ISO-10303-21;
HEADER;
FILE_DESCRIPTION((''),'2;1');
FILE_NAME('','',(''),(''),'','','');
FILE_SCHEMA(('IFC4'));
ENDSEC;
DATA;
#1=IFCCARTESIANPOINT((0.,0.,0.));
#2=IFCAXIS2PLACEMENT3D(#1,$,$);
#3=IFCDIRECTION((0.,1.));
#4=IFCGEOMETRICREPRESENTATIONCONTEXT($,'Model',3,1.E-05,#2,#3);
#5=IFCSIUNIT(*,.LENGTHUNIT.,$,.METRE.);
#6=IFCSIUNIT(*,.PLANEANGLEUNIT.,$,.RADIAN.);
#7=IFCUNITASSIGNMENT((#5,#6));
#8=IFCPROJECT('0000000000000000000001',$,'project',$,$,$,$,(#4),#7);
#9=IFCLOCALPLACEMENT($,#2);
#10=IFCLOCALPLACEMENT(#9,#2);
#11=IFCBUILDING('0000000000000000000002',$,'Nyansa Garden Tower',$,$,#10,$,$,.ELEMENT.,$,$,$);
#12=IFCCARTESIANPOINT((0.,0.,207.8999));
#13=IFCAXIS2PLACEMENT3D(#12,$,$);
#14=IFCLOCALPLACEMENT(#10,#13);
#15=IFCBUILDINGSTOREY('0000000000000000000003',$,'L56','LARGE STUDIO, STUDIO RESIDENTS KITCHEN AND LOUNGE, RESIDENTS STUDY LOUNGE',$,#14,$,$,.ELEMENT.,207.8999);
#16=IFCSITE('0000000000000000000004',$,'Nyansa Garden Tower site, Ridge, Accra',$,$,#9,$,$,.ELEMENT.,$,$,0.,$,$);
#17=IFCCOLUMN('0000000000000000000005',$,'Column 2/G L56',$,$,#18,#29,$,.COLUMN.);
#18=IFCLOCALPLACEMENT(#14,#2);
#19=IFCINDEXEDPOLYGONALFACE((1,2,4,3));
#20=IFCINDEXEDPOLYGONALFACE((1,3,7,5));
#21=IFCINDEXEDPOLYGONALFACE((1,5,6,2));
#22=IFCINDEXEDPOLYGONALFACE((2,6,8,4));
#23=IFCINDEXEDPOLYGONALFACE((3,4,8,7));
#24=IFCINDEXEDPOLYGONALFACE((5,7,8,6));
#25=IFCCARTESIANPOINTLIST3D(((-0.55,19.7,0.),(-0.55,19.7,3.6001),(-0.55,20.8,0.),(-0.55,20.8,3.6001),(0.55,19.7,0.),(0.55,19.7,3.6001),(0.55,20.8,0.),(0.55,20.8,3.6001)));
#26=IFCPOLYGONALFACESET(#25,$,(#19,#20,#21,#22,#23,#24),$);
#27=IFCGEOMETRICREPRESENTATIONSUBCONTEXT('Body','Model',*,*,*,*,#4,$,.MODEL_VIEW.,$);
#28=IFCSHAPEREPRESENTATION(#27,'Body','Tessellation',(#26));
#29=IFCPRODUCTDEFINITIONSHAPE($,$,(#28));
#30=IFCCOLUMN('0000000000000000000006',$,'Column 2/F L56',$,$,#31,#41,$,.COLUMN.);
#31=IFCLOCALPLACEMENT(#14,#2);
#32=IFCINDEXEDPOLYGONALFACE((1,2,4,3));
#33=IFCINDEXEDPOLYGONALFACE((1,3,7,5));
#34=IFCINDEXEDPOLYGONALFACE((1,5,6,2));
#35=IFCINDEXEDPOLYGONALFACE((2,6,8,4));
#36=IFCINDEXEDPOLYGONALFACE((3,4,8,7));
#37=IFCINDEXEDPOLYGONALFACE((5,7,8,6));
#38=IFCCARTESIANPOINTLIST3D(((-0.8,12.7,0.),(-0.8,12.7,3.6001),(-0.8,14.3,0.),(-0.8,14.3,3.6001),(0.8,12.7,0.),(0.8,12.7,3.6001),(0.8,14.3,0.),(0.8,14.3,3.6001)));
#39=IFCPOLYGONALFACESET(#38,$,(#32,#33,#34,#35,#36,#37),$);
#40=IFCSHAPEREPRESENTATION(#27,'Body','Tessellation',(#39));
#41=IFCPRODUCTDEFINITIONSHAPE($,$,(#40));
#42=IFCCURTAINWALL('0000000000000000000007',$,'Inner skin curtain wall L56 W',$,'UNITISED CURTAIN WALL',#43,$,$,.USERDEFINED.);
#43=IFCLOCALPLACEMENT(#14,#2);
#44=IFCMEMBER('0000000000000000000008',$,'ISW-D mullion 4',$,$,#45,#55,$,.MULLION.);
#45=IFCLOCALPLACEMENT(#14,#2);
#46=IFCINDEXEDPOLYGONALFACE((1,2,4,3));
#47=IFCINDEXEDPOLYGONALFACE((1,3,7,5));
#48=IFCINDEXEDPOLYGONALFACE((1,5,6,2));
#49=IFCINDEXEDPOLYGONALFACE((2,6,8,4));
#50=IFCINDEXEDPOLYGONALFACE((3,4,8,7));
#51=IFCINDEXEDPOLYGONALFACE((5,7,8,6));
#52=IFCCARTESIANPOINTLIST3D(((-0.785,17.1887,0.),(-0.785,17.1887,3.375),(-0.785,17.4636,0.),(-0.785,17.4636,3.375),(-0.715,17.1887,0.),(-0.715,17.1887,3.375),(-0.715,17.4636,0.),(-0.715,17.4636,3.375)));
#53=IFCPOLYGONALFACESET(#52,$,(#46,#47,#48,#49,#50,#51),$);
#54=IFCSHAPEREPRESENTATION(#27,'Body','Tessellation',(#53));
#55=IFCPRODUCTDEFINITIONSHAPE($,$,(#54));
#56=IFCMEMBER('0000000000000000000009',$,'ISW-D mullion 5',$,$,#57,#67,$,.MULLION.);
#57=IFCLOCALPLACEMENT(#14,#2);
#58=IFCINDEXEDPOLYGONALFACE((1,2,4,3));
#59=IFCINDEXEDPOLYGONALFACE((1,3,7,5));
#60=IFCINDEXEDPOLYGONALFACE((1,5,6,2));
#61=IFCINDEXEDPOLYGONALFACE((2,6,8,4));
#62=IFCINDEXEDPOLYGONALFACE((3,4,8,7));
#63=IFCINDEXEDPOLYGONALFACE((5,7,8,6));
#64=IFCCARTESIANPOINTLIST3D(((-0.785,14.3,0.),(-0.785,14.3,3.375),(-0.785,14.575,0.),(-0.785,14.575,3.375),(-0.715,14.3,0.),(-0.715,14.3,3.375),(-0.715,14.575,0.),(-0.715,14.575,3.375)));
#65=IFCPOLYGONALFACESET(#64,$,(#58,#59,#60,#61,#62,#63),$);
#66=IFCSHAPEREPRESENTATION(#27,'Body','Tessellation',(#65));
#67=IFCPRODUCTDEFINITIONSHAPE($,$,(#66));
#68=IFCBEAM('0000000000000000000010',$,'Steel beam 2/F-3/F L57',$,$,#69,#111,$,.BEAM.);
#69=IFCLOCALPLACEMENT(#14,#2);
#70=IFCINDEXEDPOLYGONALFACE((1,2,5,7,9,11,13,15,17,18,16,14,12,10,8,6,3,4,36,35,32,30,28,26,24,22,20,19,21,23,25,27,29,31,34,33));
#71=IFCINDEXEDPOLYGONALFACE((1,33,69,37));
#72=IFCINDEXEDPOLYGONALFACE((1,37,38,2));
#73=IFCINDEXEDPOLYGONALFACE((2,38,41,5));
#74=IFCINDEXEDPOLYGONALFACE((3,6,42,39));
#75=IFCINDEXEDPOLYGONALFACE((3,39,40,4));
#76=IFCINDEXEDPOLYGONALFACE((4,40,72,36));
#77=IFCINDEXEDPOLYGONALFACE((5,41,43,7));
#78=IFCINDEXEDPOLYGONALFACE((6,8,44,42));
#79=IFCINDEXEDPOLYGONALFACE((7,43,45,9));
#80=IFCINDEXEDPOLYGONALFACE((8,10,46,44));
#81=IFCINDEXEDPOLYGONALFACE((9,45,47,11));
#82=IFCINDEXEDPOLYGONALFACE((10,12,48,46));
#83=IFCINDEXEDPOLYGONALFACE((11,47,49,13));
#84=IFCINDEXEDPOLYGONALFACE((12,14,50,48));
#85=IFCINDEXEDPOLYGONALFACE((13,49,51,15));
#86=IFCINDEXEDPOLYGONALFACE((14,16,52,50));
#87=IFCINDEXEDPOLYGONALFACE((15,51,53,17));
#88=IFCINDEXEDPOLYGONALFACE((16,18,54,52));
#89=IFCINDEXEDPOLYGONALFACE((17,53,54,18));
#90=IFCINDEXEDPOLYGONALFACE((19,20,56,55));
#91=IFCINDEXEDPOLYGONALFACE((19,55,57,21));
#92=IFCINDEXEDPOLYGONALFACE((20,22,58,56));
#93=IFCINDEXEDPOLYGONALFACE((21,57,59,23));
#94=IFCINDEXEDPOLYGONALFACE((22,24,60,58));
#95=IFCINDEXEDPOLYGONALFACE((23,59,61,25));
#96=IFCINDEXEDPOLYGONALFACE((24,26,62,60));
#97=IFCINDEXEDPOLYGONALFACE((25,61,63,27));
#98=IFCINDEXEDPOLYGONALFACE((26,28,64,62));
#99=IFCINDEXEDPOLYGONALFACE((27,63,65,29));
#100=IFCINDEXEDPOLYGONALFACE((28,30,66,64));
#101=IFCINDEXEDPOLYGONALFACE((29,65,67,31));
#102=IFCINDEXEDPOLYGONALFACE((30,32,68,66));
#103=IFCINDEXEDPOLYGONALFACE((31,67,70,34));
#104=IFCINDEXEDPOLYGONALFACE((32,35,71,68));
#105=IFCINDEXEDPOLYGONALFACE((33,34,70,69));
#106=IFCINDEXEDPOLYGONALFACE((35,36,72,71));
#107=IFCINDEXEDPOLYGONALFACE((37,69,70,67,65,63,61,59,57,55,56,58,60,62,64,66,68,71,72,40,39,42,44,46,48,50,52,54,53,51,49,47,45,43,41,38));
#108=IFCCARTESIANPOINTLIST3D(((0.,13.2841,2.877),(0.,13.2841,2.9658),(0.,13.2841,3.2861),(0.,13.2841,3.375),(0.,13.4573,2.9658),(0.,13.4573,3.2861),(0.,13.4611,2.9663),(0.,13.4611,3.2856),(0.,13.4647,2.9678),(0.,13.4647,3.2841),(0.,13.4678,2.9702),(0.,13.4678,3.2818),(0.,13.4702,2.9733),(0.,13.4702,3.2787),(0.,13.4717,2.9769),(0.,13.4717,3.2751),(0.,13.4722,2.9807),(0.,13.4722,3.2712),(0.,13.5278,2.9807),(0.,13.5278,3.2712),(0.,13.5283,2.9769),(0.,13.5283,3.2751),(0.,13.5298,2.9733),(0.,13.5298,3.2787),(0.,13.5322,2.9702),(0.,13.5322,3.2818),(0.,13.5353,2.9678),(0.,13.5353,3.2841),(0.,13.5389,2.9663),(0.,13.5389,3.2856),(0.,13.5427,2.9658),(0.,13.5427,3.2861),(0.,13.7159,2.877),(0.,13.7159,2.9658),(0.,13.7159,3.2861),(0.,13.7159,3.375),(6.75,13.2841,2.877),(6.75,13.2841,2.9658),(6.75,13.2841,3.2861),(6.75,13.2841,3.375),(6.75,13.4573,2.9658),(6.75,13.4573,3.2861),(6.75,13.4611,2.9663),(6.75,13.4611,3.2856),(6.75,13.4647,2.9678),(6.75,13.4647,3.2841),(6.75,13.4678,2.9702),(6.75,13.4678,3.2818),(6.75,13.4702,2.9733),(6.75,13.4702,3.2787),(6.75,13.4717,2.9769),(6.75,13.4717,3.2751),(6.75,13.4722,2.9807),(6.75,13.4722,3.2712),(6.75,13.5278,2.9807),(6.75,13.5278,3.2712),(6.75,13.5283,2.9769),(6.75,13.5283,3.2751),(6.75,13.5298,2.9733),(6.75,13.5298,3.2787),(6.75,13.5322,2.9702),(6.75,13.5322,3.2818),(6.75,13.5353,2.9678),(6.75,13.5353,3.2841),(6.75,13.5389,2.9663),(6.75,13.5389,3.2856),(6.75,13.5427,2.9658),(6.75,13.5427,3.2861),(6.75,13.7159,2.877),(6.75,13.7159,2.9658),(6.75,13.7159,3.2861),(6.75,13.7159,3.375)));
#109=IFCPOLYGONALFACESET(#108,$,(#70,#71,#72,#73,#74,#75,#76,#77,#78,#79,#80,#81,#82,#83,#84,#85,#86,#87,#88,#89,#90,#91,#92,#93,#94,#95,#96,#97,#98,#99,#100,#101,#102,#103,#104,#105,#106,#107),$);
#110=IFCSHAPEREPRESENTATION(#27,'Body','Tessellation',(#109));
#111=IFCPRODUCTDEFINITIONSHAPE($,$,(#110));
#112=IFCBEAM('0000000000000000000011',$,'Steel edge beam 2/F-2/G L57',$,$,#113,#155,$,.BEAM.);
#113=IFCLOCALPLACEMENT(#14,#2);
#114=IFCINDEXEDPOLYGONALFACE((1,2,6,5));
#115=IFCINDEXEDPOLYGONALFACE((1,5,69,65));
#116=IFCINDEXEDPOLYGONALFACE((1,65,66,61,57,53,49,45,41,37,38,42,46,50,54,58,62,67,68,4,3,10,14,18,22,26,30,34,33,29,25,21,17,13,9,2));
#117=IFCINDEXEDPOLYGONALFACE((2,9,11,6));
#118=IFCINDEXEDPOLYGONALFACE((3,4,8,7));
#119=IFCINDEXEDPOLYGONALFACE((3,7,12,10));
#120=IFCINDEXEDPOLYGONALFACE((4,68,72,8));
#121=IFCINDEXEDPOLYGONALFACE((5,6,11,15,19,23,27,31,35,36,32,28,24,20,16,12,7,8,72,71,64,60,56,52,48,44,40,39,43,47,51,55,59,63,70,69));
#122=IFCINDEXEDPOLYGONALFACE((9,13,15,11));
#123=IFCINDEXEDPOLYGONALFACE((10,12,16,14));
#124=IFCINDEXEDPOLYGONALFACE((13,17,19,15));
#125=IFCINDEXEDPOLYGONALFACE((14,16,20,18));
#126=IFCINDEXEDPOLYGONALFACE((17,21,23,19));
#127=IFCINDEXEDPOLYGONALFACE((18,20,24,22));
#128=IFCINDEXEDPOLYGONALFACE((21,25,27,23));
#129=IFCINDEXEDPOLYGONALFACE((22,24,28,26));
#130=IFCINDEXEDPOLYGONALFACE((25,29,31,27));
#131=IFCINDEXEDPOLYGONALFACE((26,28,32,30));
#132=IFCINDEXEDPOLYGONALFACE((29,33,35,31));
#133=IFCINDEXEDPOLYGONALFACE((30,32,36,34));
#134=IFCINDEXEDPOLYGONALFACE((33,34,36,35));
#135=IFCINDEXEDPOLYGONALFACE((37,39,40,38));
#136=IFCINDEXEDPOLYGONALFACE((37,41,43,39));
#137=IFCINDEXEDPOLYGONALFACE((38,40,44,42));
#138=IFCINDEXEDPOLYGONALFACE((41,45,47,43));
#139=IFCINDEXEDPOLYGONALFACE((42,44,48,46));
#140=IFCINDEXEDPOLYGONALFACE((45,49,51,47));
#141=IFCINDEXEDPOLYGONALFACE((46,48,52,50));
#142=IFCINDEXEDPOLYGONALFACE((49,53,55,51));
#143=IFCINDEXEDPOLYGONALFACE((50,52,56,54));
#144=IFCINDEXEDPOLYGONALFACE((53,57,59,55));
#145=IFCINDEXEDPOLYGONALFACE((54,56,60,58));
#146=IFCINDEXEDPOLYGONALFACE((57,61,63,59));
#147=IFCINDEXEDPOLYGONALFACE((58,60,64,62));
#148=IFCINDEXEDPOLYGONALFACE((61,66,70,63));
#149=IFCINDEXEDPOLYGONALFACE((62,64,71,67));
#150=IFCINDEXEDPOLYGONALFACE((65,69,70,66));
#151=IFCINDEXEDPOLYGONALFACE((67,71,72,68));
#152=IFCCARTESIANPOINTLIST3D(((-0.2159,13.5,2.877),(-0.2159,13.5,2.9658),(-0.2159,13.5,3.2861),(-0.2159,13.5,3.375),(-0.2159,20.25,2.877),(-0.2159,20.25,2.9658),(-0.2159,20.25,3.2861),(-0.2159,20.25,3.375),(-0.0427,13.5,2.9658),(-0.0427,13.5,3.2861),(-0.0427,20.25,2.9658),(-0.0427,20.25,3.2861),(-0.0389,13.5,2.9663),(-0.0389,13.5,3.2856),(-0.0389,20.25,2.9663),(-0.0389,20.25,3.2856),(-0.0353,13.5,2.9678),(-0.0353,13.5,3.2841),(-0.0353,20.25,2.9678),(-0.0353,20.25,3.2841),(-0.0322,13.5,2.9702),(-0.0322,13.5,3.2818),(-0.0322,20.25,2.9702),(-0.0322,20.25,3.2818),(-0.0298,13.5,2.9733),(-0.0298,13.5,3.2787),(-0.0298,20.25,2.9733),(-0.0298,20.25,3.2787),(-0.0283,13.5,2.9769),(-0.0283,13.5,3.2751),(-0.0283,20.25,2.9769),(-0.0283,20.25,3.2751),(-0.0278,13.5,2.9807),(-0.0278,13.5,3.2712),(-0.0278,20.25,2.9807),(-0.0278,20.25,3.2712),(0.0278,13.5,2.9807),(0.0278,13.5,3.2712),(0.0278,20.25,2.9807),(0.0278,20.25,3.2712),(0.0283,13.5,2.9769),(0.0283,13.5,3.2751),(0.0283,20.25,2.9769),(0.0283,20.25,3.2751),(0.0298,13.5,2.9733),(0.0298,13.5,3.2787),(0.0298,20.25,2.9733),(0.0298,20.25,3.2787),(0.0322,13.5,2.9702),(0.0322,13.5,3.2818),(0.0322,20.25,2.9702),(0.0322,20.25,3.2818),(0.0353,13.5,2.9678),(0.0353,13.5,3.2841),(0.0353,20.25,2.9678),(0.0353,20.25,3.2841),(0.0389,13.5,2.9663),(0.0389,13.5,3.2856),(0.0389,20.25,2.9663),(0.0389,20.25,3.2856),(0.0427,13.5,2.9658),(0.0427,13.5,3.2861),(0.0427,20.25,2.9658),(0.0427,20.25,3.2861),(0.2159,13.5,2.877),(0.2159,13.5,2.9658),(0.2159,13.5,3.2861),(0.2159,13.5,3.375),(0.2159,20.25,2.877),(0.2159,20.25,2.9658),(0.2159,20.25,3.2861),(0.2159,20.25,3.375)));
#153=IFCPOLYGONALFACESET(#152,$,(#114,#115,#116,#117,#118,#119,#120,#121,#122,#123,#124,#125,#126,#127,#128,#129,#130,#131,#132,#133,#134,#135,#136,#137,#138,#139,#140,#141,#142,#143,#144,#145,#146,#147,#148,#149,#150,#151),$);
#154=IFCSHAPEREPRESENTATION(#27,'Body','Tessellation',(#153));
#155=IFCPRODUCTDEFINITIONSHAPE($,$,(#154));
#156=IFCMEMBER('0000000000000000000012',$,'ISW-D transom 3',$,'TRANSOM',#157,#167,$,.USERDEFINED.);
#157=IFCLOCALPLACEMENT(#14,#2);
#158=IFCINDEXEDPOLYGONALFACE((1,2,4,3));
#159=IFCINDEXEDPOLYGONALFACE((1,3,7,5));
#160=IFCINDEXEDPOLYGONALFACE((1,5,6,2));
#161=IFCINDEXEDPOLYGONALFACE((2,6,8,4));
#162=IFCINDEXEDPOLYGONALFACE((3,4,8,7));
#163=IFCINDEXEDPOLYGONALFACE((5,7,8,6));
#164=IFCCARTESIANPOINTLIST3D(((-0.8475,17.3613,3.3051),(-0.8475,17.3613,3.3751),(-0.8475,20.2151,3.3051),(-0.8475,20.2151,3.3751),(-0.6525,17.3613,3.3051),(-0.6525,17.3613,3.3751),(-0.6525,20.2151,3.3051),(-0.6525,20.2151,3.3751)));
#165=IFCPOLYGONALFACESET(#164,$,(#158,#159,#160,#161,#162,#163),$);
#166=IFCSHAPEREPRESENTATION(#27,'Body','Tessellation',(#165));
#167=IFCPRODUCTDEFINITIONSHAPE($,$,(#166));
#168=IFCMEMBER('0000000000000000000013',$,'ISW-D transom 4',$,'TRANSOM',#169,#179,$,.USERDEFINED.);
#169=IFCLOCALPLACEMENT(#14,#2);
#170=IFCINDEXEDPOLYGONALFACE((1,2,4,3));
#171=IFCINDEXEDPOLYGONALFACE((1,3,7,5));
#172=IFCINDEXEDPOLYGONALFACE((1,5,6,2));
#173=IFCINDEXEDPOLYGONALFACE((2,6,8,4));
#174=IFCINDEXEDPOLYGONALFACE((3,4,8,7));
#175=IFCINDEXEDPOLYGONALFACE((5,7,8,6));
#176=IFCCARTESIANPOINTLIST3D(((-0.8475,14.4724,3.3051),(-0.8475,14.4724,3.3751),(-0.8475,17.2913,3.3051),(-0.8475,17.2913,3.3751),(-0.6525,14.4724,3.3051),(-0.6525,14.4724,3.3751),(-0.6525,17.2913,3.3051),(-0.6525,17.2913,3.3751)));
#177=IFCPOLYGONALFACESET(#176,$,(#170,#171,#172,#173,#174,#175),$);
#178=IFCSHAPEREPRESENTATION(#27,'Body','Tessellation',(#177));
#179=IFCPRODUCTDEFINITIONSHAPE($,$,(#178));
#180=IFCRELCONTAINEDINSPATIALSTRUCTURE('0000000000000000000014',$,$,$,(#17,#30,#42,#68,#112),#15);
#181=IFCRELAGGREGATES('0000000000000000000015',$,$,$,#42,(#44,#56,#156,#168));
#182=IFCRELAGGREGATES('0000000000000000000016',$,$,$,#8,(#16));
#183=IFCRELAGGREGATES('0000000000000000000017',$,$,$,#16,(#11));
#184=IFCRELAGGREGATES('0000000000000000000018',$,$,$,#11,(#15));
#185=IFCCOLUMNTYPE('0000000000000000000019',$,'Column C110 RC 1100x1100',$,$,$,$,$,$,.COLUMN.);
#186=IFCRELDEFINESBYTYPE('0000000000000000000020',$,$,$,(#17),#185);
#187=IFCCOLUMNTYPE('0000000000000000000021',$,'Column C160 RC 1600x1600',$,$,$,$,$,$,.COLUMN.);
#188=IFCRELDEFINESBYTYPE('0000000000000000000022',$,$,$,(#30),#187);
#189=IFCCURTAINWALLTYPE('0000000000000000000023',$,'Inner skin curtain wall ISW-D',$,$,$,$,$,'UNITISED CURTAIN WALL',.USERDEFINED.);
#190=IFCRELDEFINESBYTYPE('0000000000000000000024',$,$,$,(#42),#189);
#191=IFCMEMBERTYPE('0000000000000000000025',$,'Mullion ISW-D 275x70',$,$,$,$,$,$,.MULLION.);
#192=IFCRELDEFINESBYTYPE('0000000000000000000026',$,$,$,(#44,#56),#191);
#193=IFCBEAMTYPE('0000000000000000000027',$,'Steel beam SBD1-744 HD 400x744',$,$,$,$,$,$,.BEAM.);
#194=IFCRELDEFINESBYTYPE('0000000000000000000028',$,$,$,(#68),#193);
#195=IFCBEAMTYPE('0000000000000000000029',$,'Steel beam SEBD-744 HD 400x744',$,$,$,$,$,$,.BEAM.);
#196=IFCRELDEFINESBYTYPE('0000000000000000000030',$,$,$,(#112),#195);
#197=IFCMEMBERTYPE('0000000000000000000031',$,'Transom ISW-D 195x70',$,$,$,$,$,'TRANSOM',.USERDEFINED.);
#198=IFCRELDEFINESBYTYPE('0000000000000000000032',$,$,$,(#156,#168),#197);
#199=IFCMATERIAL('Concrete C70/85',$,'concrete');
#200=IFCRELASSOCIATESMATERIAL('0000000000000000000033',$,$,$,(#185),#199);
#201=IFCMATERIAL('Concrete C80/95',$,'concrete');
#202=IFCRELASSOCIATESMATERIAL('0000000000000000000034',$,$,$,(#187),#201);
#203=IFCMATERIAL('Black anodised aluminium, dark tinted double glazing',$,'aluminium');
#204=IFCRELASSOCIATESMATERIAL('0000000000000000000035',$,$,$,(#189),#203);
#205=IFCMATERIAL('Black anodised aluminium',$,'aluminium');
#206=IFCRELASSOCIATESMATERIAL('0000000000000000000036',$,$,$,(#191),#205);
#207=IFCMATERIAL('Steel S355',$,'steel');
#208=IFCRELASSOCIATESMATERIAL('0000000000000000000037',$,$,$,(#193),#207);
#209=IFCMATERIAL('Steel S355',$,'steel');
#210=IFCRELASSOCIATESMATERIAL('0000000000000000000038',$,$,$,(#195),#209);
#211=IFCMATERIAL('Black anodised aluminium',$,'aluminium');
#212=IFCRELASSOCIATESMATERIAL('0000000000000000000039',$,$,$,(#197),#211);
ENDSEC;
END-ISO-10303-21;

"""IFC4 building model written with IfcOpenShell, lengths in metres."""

from ifc_helpers import new_model, si_unit, direction, frame, origin, origin_2d, place, context, subcontext, project, spatial, rectangle, i_section, extrude, material, material_profile, profile_set, type_object, element, aggregate, save


model = new_model("IFC4")

# Units and contexts
model_context = context("Model", 3, precision=1e-05, world=origin(), true_north=direction((0.0, 1.0)))
body_context = subcontext(model_context, "Body", "Model", "MODEL_VIEW")
ifc_project = project(units=[si_unit("LENGTHUNIT", "METRE"), si_unit("PLANEANGLEUNIT", "RADIAN")], contexts=[model_context])

# Site, building, storey
site_placement = place(None, origin())
site = spatial("IfcSite", under=ifc_project, at=site_placement, Name="Nyansa Garden Tower site, Ridge, Accra", CompositionType="ELEMENT", RefElevation=0.0)
building_placement = place(site_placement, origin())
building = spatial("IfcBuilding", under=site, at=building_placement, Name="Nyansa Garden Tower", CompositionType="ELEMENT")
storey_placement = place(building_placement, frame((0.0, 0.0, 207.8999)))
storey = spatial("IfcBuildingStorey", under=building, at=storey_placement, Name="L56", Description="LARGE STUDIO, STUDIO RESIDENTS KITCHEN AND LOUNGE, RESIDENTS STUDY LOUNGE", CompositionType="ELEMENT", Elevation=207.8999)

# Columns
ifc_material_1 = material(Name="Concrete C70/85", Category="concrete")
ifc_material_profile_1 = material_profile(ifc_material_1, rectangle(XDim=1.1001, YDim=1.1001, at=origin_2d()), Name="RC 1100x1100")
ifc_profile_set_1 = profile_set([ifc_material_profile_1], Name="Concrete C70/85")
column_type_1 = type_object("IfcColumnType", Name="Column C110 RC 1100x1100", PredefinedType="COLUMN", material=ifc_profile_set_1)
column_1_placement = place(storey_placement, frame((0.0, 20.25, 0.0), z_axis=(0.0, 0.0, 1.0), x_axis=(1.0, 0.0, 0.0)))
element("IfcColumn", 1, at=column_1_placement, inside=storey, type_object=column_type_1, Name="Column 2/G L56", PredefinedType="COLUMN", context=body_context, shape_type="SweptSolid", body=[
    extrude(rectangle(XDim=1.1001, YDim=1.1001, at=origin_2d()), origin(), (0.0, 0.0, 1.0), 3.6001),
])
ifc_material_2 = material(Name="Concrete C80/95", Category="concrete")
ifc_material_profile_2 = material_profile(ifc_material_2, rectangle(XDim=1.6001, YDim=1.6001, at=origin_2d()), Name="RC 1600x1600")
ifc_profile_set_2 = profile_set([ifc_material_profile_2], Name="Concrete C80/95")
column_type_2 = type_object("IfcColumnType", Name="Column C160 RC 1600x1600", PredefinedType="COLUMN", material=ifc_profile_set_2)
column_2_placement = place(storey_placement, frame((0.0, 13.5, 0.0), z_axis=(0.0, 0.0, 1.0), x_axis=(1.0, 0.0, 0.0)))
element("IfcColumn", 2, at=column_2_placement, inside=storey, type_object=column_type_2, Name="Column 2/F L56", PredefinedType="COLUMN", context=body_context, shape_type="SweptSolid", body=[
    extrude(rectangle(XDim=1.6001, YDim=1.6001, at=origin_2d()), origin(), (0.0, 0.0, 1.0), 3.6001),
])

# Curtain wall, members
ifc_material_3 = material(Name="Black anodised aluminium, dark tinted double glazing", Category="aluminium")
curtain_wall_type = type_object("IfcCurtainWallType", Name="Inner skin curtain wall ISW-D", ElementType="UNITISED CURTAIN WALL", PredefinedType="USERDEFINED", material=ifc_material_3)
curtain_wall_placement = place(storey_placement, origin())
curtain_wall = element("IfcCurtainWall", 3, at=curtain_wall_placement, inside=storey, type_object=curtain_wall_type, Name="Inner skin curtain wall L56 W", ObjectType="UNITISED CURTAIN WALL", PredefinedType="USERDEFINED")
ifc_material_4 = material(Name="Black anodised aluminium", Category="aluminium")
ifc_material_profile_3 = material_profile(ifc_material_4, rectangle(XDim=0.0701, YDim=0.2749, at=origin_2d()), Name="Mullion 275x70")
ifc_profile_set_3 = profile_set([ifc_material_profile_3], Name="Black anodised aluminium")
member_type_1 = type_object("IfcMemberType", Name="Mullion ISW-D 275x70", PredefinedType="MULLION", material=ifc_profile_set_3)
member_1_placement = place(storey_placement, frame((-0.75, 17.3262, 0.0), z_axis=(0.0, 0.0, 1.0), x_axis=(1.0, 0.0, 0.0)))
member_1 = element("IfcMember", 4, at=member_1_placement, type_object=member_type_1, Name="ISW-D mullion 4", PredefinedType="MULLION", context=body_context, shape_type="SweptSolid", body=[
    extrude(rectangle(XDim=0.0701, YDim=0.2749, at=origin_2d()), origin(), (0.0, 0.0, 1.0), 3.375),
])
member_2_placement = place(storey_placement, frame((-0.75, 14.4375, 0.0), z_axis=(0.0, 0.0, 1.0), x_axis=(1.0, 0.0, 0.0)))
member_2 = element("IfcMember", 5, at=member_2_placement, type_object=member_type_1, Name="ISW-D mullion 5", PredefinedType="MULLION", context=body_context, shape_type="SweptSolid", body=[
    extrude(rectangle(XDim=0.0701, YDim=0.2749, at=origin_2d()), origin(), (0.0, 0.0, 1.0), 3.375),
])

# Beams
ifc_material_5 = material(Name="Steel S355", Category="steel")
ifc_material_profile_4 = material_profile(ifc_material_5, i_section(OverallWidth=0.4319, OverallDepth=0.498, WebThickness=0.0557, FlangeThickness=0.0889, FilletRadius=0.0149, at=origin_2d()), Name="HD 400x744")
ifc_profile_set_4 = profile_set([ifc_material_profile_4], Name="Steel S355")
beam_type_1 = type_object("IfcBeamType", Name="Steel beam SBD1-744 HD 400x744", PredefinedType="BEAM", material=ifc_profile_set_4)
beam_1_placement = place(storey_placement, frame((0.0, 13.5, 3.126), z_axis=(1.0, 0.0, 0.0), x_axis=(0.0, 1.0, 0.0)))
element("IfcBeam", 6, at=beam_1_placement, inside=storey, type_object=beam_type_1, Name="Steel beam 2/F-3/F L57", PredefinedType="BEAM", context=body_context, shape_type="SweptSolid", body=[
    extrude(i_section(OverallWidth=0.4319, OverallDepth=0.498, WebThickness=0.0557, FlangeThickness=0.0889, FilletRadius=0.0149, at=origin_2d()), origin(), (0.0, 0.0, 1.0), 6.75),
])
ifc_material_6 = material(Name="Steel S355", Category="steel")
ifc_material_profile_5 = material_profile(ifc_material_6, i_section(OverallWidth=0.4319, OverallDepth=0.498, WebThickness=0.0557, FlangeThickness=0.0889, FilletRadius=0.0149, at=origin_2d()), Name="HD 400x744")
ifc_profile_set_5 = profile_set([ifc_material_profile_5], Name="Steel S355")
beam_type_2 = type_object("IfcBeamType", Name="Steel beam SEBD-744 HD 400x744", PredefinedType="BEAM", material=ifc_profile_set_5)
beam_2_placement = place(storey_placement, frame((0.0, 13.5, 3.126), z_axis=(0.0, 1.0, 0.0), x_axis=(-1.0, 0.0, 0.0)))
element("IfcBeam", 7, at=beam_2_placement, inside=storey, type_object=beam_type_2, Name="Steel edge beam 2/F-2/G L57", PredefinedType="BEAM", context=body_context, shape_type="SweptSolid", body=[
    extrude(i_section(OverallWidth=0.4319, OverallDepth=0.498, WebThickness=0.0557, FlangeThickness=0.0889, FilletRadius=0.0149, at=origin_2d()), origin(), (0.0, 0.0, 1.0), 6.75),
])

# Members
ifc_material_7 = material(Name="Black anodised aluminium", Category="aluminium")
ifc_material_profile_6 = material_profile(ifc_material_7, rectangle(XDim=0.1951, YDim=0.0701, at=origin_2d()), Name="Transom 195x70")
ifc_profile_set_6 = profile_set([ifc_material_profile_6], Name="Black anodised aluminium")
member_type_2 = type_object("IfcMemberType", Name="Transom ISW-D 195x70", ElementType="TRANSOM", PredefinedType="USERDEFINED", material=ifc_profile_set_6)
member_3_placement = place(storey_placement, frame((-0.75, 20.2151, 3.3401), z_axis=(0.0, -1.0, 0.0), x_axis=(1.0, 0.0, 0.0)))
member_3 = element("IfcMember", 8, at=member_3_placement, type_object=member_type_2, Name="ISW-D transom 3", ObjectType="TRANSOM", PredefinedType="USERDEFINED", context=body_context, shape_type="SweptSolid", body=[
    extrude(rectangle(XDim=0.1951, YDim=0.0701, at=origin_2d()), origin(), (0.0, 0.0, 1.0), 2.8538),
])
member_4_placement = place(storey_placement, frame((-0.75, 17.2913, 3.3401), z_axis=(0.0, -1.0, 0.0), x_axis=(1.0, 0.0, 0.0)))
member_4 = element("IfcMember", 9, at=member_4_placement, type_object=member_type_2, Name="ISW-D transom 4", ObjectType="TRANSOM", PredefinedType="USERDEFINED", context=body_context, shape_type="SweptSolid", body=[
    extrude(rectangle(XDim=0.1951, YDim=0.0701, at=origin_2d()), origin(), (0.0, 0.0, 1.0), 2.8188),
])

aggregate(curtain_wall, [member_1, member_2, member_3, member_4])

save(model, "model.ifc")
